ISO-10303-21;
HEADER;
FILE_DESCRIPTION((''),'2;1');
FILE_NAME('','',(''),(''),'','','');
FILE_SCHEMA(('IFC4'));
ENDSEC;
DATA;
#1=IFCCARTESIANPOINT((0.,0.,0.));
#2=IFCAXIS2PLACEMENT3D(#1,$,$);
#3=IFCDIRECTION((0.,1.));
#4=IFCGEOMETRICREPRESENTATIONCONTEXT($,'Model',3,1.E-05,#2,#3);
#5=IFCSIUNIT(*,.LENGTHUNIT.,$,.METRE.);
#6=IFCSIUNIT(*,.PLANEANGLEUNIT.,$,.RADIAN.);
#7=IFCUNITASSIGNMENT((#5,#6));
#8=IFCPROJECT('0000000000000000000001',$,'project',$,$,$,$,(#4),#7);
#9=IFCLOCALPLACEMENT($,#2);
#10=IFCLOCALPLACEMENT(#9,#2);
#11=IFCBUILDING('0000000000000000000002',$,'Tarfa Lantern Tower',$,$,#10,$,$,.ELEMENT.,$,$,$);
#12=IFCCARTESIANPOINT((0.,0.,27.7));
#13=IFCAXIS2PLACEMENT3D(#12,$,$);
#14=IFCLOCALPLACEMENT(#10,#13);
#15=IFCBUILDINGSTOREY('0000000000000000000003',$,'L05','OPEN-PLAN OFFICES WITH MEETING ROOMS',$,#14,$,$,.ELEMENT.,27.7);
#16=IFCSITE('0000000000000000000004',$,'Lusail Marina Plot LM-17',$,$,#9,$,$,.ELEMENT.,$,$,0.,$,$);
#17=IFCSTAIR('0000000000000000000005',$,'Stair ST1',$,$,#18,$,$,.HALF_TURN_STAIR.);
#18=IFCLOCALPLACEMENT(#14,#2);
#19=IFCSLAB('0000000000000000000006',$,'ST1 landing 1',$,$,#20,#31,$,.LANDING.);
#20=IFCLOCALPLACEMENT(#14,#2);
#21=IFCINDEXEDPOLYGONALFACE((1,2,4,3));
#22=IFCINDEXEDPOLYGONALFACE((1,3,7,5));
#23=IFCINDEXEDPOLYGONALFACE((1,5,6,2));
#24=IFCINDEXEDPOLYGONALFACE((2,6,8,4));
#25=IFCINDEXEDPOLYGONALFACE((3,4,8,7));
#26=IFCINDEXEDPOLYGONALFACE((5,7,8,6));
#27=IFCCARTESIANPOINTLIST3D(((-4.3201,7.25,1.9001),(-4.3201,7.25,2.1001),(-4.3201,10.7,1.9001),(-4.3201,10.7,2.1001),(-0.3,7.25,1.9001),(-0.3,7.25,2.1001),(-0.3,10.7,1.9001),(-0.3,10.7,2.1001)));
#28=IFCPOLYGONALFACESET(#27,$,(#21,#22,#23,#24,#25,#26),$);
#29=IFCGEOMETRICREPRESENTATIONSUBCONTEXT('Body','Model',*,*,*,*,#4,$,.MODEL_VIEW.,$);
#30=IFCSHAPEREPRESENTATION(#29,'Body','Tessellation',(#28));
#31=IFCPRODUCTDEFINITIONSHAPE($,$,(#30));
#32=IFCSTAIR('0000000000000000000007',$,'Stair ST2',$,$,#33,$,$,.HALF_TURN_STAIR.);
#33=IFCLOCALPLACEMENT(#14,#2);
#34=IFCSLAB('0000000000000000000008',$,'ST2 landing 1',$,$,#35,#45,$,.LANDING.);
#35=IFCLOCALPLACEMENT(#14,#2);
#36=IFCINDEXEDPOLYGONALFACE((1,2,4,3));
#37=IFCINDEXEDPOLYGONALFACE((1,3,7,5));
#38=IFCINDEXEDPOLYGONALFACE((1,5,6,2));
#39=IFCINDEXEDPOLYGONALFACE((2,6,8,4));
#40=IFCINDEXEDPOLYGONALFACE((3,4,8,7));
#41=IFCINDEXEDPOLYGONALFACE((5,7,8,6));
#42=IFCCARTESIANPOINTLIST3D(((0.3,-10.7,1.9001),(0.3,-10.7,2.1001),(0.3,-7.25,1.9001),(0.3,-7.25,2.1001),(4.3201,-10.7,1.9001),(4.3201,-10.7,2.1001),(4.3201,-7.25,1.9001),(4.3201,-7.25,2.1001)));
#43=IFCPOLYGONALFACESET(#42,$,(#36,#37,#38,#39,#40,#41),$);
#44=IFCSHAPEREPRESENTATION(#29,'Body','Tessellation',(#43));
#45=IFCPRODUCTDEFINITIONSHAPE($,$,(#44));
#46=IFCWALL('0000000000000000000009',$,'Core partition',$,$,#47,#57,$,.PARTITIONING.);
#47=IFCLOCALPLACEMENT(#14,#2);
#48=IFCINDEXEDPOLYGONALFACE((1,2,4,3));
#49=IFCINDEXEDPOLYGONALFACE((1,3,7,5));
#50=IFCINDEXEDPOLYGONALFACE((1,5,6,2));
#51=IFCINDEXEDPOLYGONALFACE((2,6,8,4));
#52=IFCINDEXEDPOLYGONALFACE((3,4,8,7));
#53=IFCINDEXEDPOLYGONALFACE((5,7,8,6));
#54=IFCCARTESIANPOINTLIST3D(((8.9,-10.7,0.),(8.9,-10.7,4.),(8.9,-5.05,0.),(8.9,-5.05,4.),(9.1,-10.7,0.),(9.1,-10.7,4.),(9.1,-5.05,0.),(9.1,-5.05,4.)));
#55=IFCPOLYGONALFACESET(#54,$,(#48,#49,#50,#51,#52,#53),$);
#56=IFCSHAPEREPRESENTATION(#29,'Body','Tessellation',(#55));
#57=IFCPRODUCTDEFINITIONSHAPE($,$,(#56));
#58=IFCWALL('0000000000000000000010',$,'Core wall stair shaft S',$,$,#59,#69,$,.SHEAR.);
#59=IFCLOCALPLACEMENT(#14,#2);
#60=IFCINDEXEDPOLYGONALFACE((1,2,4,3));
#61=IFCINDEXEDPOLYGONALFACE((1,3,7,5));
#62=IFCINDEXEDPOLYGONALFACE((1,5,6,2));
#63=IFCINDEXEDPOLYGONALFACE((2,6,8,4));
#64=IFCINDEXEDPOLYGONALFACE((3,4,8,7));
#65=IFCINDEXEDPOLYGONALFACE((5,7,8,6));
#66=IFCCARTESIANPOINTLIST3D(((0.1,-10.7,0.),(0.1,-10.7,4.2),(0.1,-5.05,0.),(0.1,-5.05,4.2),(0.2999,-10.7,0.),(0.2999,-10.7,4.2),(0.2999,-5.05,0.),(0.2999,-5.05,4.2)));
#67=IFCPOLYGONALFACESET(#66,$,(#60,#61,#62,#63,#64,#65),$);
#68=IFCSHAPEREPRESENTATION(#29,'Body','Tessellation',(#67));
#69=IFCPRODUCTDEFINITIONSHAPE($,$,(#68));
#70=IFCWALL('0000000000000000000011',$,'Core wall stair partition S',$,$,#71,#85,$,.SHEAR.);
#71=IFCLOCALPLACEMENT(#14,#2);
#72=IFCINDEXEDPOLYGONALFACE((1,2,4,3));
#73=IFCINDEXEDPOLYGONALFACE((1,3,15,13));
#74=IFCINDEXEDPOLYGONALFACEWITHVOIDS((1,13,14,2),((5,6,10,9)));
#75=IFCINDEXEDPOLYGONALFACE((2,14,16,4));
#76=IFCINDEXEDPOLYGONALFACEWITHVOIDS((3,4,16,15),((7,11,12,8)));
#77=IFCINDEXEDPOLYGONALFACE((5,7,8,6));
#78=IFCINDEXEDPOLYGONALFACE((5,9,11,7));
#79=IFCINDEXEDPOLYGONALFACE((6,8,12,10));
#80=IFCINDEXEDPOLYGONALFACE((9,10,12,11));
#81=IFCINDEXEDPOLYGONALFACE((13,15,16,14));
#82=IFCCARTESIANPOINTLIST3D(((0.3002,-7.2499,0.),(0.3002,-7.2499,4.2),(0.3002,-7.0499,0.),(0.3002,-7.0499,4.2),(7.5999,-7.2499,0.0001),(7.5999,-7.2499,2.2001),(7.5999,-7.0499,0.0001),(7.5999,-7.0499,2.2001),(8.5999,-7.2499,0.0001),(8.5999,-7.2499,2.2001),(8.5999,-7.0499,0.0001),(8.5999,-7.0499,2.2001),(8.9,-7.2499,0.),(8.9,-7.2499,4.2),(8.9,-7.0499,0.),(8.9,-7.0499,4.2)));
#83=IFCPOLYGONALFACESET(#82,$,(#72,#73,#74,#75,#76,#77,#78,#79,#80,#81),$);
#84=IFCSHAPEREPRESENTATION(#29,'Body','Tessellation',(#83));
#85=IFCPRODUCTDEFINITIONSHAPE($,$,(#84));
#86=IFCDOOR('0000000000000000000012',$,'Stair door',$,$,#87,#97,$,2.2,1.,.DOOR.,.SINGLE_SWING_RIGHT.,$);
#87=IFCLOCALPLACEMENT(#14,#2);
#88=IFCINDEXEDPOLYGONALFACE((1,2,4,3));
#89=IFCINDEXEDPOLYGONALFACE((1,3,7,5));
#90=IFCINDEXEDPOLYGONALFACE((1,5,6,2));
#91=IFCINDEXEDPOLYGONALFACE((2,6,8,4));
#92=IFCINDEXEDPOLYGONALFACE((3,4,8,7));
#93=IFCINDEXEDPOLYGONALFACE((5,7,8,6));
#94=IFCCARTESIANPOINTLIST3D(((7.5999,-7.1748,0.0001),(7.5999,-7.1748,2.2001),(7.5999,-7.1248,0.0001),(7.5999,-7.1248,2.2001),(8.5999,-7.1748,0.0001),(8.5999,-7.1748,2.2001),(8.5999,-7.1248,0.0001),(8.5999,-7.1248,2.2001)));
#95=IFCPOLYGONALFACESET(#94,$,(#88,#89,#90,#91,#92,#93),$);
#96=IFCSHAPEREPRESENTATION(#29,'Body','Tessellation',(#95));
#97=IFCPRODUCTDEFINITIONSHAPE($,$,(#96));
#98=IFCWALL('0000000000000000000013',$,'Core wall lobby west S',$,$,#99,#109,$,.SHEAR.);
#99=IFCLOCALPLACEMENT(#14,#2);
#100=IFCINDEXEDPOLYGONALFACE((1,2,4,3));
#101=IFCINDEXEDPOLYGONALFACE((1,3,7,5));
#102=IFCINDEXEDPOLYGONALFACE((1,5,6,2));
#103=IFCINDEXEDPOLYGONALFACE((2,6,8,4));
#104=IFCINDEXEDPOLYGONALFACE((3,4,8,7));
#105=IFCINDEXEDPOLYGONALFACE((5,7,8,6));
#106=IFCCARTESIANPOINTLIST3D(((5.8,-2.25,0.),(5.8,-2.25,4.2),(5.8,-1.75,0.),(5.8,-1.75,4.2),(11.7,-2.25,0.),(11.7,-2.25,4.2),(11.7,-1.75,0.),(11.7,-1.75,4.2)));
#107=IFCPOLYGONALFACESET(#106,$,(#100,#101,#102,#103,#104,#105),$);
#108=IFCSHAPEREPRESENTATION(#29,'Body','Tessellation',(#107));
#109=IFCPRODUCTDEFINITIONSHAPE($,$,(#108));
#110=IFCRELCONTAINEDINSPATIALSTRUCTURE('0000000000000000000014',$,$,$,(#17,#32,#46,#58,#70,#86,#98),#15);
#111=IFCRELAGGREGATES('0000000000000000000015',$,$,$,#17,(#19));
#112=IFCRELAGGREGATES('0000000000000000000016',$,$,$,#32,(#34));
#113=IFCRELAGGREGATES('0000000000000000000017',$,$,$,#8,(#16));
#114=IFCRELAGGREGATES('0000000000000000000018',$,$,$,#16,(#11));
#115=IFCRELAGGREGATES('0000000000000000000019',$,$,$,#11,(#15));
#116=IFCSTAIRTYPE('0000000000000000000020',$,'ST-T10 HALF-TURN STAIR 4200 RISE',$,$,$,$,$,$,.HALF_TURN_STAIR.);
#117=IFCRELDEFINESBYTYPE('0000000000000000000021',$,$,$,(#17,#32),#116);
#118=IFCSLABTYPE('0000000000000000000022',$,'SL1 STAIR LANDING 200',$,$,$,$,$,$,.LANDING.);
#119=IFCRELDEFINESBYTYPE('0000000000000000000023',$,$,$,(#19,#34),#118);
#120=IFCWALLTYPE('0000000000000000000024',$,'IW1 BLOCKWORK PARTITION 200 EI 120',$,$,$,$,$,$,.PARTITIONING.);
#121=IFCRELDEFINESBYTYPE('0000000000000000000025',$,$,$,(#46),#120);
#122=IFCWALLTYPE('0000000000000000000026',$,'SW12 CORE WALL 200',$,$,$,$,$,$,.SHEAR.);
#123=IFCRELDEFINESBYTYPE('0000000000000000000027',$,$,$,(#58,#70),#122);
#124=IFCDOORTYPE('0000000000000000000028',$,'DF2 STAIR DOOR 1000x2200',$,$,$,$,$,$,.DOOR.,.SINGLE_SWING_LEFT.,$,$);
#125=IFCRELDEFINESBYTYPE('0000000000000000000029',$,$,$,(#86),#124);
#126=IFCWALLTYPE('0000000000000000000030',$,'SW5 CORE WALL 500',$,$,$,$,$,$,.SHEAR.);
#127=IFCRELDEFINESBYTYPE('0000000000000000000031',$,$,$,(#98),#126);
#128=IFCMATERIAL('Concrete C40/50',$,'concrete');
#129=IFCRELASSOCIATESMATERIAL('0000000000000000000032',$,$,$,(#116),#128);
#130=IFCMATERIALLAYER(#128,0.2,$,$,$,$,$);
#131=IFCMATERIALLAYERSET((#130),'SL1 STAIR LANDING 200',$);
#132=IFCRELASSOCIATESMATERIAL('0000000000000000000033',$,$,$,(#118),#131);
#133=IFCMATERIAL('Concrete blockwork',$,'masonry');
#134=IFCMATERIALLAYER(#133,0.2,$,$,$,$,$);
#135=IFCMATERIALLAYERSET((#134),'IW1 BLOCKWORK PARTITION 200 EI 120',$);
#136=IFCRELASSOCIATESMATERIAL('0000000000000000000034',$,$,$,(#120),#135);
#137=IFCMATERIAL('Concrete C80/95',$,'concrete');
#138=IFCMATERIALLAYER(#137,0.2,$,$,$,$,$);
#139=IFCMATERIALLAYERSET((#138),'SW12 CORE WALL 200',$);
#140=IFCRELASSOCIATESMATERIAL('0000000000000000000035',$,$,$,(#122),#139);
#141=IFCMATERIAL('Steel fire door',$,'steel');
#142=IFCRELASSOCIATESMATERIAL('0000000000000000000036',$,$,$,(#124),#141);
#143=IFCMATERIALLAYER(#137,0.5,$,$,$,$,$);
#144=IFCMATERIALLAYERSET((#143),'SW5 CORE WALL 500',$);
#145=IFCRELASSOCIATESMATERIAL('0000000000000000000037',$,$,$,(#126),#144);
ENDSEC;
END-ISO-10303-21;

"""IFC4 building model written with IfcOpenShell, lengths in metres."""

from ifc_helpers import new_model, si_unit, direction, frame, frame_2d, origin, place, context, subcontext, project, spatial, polyline, rectangle, outline, extrude, material, layer, layer_set, type_object, element, fill, aggregate, save


model = new_model("IFC4")

# Units and contexts
model_context = context("Model", 3, precision=1e-05, world=origin(), true_north=direction((0.0, 1.0)))
body_context = subcontext(model_context, "Body", "Model", "MODEL_VIEW")
ifc_project = project(units=[si_unit("LENGTHUNIT", "METRE"), si_unit("PLANEANGLEUNIT", "RADIAN")], contexts=[model_context])

# Site, building, storey
site_placement = place(None, origin())
site = spatial("IfcSite", under=ifc_project, at=site_placement, Name="Lusail Marina Plot LM-17", CompositionType="ELEMENT", RefElevation=0.0)
building_placement = place(site_placement, origin())
building = spatial("IfcBuilding", under=site, at=building_placement, Name="Tarfa Lantern Tower", CompositionType="ELEMENT")
storey_placement = place(building_placement, frame((0.0, 0.0, 27.7)))
storey = spatial("IfcBuildingStorey", under=building, at=storey_placement, Name="L05", Description="OPEN-PLAN OFFICES WITH MEETING ROOMS", CompositionType="ELEMENT", Elevation=27.7)

# Stairs, slabs
ifc_material_1 = material(Name="Concrete C40/50", Category="concrete")
stair_type = type_object("IfcStairType", Name="ST-T10 HALF-TURN STAIR 4200 RISE", PredefinedType="HALF_TURN_STAIR", material=ifc_material_1)
stair_1_placement = place(storey_placement, origin())
stair_1 = element("IfcStair", 1, at=stair_1_placement, inside=storey, type_object=stair_type, Name="Stair ST1", PredefinedType="HALF_TURN_STAIR")
ifc_layer_1 = layer(ifc_material_1, 0.2)
ifc_layer_set_1 = layer_set([ifc_layer_1], Name="SL1 STAIR LANDING 200")
slab_type = type_object("IfcSlabType", Name="SL1 STAIR LANDING 200", PredefinedType="LANDING", material=ifc_layer_set_1)
slab_1_placement = place(storey_placement, frame((0.0, 0.0, 1.9001)))
slab_1 = element("IfcSlab", 2, at=slab_1_placement, type_object=slab_type, Name="ST1 landing 1", PredefinedType="LANDING", context=body_context, shape_type="SweptSolid", body=[
    extrude(outline(polyline([(-4.3201, 7.25), (-0.3, 7.25), (-0.3, 10.7), (-4.3201, 10.7), (-4.3201, 7.25)])), origin(), (0.0, 0.0, 1.0), 0.2),
])
aggregate(stair_1, [slab_1])
stair_2_placement = place(storey_placement, origin())
stair_2 = element("IfcStair", 3, at=stair_2_placement, inside=storey, type_object=stair_type, Name="Stair ST2", PredefinedType="HALF_TURN_STAIR")
slab_2_placement = place(storey_placement, frame((0.0, 0.0, 1.9001)))
slab_2 = element("IfcSlab", 4, at=slab_2_placement, type_object=slab_type, Name="ST2 landing 1", PredefinedType="LANDING", context=body_context, shape_type="SweptSolid", body=[
    extrude(outline(polyline([(4.3201, -7.25), (0.3, -7.25), (0.3, -10.7), (4.3201, -10.7), (4.3201, -7.25)])), origin(), (0.0, 0.0, 1.0), 0.2),
])

# Walls
ifc_material_2 = material(Name="Concrete blockwork", Category="masonry")
ifc_layer_2 = layer(ifc_material_2, 0.2)
ifc_layer_set_2 = layer_set([ifc_layer_2], Name="IW1 BLOCKWORK PARTITION 200 EI 120")
wall_type_1 = type_object("IfcWallType", Name="IW1 BLOCKWORK PARTITION 200 EI 120", PredefinedType="PARTITIONING", material=ifc_layer_set_2)
wall_1_placement = place(storey_placement, frame((9.0, -5.05, 0.0), z_axis=(0.0, 0.0, 1.0), x_axis=(0.0, -1.0, 0.0)))
element("IfcWall", 5, at=wall_1_placement, inside=storey, type_object=wall_type_1, Name="Core partition", PredefinedType="PARTITIONING", context=body_context, shape_type="SweptSolid", body=[
    extrude(rectangle(XDim=5.6499, YDim=0.2, at=frame_2d((2.825, 0.0))), origin(), (0.0, 0.0, 1.0), 4.0),
])
ifc_material_3 = material(Name="Concrete C80/95", Category="concrete")
ifc_layer_3 = layer(ifc_material_3, 0.2)
ifc_layer_set_3 = layer_set([ifc_layer_3], Name="SW12 CORE WALL 200")
wall_type_2 = type_object("IfcWallType", Name="SW12 CORE WALL 200", PredefinedType="SHEAR", material=ifc_layer_set_3)
wall_2_placement = place(storey_placement, frame((0.2, -5.05, 0.0), z_axis=(0.0, 0.0, 1.0), x_axis=(0.0, -1.0, 0.0)))
element("IfcWall", 6, at=wall_2_placement, inside=storey, type_object=wall_type_2, Name="Core wall stair shaft S", PredefinedType="SHEAR", context=body_context, shape_type="SweptSolid", body=[
    extrude(rectangle(XDim=5.6499, YDim=0.2, at=frame_2d((2.825, 0.0))), origin(), (0.0, 0.0, 1.0), 4.2),
])

# Wall, opening, door
wall_3_placement = place(storey_placement, frame((8.8999, -7.1499, 0.0), z_axis=(0.0, 0.0, 1.0), x_axis=(-1.0, 0.0, 0.0)))
wall_3 = element("IfcWall", 7, at=wall_3_placement, inside=storey, type_object=wall_type_2, Name="Core wall stair partition S", PredefinedType="SHEAR", context=body_context, shape_type="SweptSolid", body=[
    extrude(rectangle(XDim=8.5999, YDim=0.2, at=frame_2d((4.2998, 0.0))), origin(), (0.0, 0.0, 1.0), 4.2),
])
opening_1_placement = place(wall_3_placement, frame((0.3, 0.0, 0.0)))
opening_1 = element("IfcOpeningElement", 8, at=opening_1_placement, cuts=wall_3, PredefinedType="OPENING", context=body_context, shape_type="SweptSolid", body=[
    extrude(rectangle(XDim=1.0, YDim=2.2, at=frame_2d((0.5, 1.1001))), frame((0.0, 0.1099, 0.0), z_axis=(0.0, -1.0, 0.0), x_axis=(1.0, 0.0, 0.0)), (0.0, 0.0, 1.0), 0.22),
])
ifc_material_4 = material(Name="Steel fire door", Category="steel")
door_type_1 = type_object("IfcDoorType", Name="DF2 STAIR DOOR 1000x2200", OperationType="SINGLE_SWING_LEFT", PredefinedType="DOOR", material=ifc_material_4)
door_1_placement = place(opening_1_placement, origin())
door_1 = element("IfcDoor", 9, at=door_1_placement, inside=storey, type_object=door_type_1, Name="Stair door", OperationType="SINGLE_SWING_RIGHT", OverallHeight=2.2, OverallWidth=1.0, PredefinedType="DOOR", context=body_context, shape_type="SweptSolid", body=[
    extrude(rectangle(XDim=1.0, YDim=2.2, at=frame_2d((0.5, 1.1001))), frame((0.0, 0.0249, 0.0), z_axis=(0.0, -1.0, 0.0), x_axis=(1.0, 0.0, 0.0)), (0.0, 0.0, 1.0), 0.05),
])
fill(opening_1, door_1)

# Wall
ifc_layer_4 = layer(ifc_material_3, 0.5)
ifc_layer_set_4 = layer_set([ifc_layer_4], Name="SW5 CORE WALL 500")
wall_type_3 = type_object("IfcWallType", Name="SW5 CORE WALL 500", PredefinedType="SHEAR", material=ifc_layer_set_4)
wall_4_placement = place(storey_placement, frame((11.7, -2.0, 0.0), z_axis=(0.0, 0.0, 1.0), x_axis=(-1.0, 0.0, 0.0)))
element("IfcWall", 10, at=wall_4_placement, inside=storey, type_object=wall_type_3, Name="Core wall lobby west S", PredefinedType="SHEAR", context=body_context, shape_type="SweptSolid", body=[
    extrude(rectangle(XDim=5.8999, YDim=0.5, at=frame_2d((2.95, 0.0))), origin(), (0.0, 0.0, 1.0), 4.2),
])

aggregate(stair_2, [slab_2])

save(model, "model.ifc")
